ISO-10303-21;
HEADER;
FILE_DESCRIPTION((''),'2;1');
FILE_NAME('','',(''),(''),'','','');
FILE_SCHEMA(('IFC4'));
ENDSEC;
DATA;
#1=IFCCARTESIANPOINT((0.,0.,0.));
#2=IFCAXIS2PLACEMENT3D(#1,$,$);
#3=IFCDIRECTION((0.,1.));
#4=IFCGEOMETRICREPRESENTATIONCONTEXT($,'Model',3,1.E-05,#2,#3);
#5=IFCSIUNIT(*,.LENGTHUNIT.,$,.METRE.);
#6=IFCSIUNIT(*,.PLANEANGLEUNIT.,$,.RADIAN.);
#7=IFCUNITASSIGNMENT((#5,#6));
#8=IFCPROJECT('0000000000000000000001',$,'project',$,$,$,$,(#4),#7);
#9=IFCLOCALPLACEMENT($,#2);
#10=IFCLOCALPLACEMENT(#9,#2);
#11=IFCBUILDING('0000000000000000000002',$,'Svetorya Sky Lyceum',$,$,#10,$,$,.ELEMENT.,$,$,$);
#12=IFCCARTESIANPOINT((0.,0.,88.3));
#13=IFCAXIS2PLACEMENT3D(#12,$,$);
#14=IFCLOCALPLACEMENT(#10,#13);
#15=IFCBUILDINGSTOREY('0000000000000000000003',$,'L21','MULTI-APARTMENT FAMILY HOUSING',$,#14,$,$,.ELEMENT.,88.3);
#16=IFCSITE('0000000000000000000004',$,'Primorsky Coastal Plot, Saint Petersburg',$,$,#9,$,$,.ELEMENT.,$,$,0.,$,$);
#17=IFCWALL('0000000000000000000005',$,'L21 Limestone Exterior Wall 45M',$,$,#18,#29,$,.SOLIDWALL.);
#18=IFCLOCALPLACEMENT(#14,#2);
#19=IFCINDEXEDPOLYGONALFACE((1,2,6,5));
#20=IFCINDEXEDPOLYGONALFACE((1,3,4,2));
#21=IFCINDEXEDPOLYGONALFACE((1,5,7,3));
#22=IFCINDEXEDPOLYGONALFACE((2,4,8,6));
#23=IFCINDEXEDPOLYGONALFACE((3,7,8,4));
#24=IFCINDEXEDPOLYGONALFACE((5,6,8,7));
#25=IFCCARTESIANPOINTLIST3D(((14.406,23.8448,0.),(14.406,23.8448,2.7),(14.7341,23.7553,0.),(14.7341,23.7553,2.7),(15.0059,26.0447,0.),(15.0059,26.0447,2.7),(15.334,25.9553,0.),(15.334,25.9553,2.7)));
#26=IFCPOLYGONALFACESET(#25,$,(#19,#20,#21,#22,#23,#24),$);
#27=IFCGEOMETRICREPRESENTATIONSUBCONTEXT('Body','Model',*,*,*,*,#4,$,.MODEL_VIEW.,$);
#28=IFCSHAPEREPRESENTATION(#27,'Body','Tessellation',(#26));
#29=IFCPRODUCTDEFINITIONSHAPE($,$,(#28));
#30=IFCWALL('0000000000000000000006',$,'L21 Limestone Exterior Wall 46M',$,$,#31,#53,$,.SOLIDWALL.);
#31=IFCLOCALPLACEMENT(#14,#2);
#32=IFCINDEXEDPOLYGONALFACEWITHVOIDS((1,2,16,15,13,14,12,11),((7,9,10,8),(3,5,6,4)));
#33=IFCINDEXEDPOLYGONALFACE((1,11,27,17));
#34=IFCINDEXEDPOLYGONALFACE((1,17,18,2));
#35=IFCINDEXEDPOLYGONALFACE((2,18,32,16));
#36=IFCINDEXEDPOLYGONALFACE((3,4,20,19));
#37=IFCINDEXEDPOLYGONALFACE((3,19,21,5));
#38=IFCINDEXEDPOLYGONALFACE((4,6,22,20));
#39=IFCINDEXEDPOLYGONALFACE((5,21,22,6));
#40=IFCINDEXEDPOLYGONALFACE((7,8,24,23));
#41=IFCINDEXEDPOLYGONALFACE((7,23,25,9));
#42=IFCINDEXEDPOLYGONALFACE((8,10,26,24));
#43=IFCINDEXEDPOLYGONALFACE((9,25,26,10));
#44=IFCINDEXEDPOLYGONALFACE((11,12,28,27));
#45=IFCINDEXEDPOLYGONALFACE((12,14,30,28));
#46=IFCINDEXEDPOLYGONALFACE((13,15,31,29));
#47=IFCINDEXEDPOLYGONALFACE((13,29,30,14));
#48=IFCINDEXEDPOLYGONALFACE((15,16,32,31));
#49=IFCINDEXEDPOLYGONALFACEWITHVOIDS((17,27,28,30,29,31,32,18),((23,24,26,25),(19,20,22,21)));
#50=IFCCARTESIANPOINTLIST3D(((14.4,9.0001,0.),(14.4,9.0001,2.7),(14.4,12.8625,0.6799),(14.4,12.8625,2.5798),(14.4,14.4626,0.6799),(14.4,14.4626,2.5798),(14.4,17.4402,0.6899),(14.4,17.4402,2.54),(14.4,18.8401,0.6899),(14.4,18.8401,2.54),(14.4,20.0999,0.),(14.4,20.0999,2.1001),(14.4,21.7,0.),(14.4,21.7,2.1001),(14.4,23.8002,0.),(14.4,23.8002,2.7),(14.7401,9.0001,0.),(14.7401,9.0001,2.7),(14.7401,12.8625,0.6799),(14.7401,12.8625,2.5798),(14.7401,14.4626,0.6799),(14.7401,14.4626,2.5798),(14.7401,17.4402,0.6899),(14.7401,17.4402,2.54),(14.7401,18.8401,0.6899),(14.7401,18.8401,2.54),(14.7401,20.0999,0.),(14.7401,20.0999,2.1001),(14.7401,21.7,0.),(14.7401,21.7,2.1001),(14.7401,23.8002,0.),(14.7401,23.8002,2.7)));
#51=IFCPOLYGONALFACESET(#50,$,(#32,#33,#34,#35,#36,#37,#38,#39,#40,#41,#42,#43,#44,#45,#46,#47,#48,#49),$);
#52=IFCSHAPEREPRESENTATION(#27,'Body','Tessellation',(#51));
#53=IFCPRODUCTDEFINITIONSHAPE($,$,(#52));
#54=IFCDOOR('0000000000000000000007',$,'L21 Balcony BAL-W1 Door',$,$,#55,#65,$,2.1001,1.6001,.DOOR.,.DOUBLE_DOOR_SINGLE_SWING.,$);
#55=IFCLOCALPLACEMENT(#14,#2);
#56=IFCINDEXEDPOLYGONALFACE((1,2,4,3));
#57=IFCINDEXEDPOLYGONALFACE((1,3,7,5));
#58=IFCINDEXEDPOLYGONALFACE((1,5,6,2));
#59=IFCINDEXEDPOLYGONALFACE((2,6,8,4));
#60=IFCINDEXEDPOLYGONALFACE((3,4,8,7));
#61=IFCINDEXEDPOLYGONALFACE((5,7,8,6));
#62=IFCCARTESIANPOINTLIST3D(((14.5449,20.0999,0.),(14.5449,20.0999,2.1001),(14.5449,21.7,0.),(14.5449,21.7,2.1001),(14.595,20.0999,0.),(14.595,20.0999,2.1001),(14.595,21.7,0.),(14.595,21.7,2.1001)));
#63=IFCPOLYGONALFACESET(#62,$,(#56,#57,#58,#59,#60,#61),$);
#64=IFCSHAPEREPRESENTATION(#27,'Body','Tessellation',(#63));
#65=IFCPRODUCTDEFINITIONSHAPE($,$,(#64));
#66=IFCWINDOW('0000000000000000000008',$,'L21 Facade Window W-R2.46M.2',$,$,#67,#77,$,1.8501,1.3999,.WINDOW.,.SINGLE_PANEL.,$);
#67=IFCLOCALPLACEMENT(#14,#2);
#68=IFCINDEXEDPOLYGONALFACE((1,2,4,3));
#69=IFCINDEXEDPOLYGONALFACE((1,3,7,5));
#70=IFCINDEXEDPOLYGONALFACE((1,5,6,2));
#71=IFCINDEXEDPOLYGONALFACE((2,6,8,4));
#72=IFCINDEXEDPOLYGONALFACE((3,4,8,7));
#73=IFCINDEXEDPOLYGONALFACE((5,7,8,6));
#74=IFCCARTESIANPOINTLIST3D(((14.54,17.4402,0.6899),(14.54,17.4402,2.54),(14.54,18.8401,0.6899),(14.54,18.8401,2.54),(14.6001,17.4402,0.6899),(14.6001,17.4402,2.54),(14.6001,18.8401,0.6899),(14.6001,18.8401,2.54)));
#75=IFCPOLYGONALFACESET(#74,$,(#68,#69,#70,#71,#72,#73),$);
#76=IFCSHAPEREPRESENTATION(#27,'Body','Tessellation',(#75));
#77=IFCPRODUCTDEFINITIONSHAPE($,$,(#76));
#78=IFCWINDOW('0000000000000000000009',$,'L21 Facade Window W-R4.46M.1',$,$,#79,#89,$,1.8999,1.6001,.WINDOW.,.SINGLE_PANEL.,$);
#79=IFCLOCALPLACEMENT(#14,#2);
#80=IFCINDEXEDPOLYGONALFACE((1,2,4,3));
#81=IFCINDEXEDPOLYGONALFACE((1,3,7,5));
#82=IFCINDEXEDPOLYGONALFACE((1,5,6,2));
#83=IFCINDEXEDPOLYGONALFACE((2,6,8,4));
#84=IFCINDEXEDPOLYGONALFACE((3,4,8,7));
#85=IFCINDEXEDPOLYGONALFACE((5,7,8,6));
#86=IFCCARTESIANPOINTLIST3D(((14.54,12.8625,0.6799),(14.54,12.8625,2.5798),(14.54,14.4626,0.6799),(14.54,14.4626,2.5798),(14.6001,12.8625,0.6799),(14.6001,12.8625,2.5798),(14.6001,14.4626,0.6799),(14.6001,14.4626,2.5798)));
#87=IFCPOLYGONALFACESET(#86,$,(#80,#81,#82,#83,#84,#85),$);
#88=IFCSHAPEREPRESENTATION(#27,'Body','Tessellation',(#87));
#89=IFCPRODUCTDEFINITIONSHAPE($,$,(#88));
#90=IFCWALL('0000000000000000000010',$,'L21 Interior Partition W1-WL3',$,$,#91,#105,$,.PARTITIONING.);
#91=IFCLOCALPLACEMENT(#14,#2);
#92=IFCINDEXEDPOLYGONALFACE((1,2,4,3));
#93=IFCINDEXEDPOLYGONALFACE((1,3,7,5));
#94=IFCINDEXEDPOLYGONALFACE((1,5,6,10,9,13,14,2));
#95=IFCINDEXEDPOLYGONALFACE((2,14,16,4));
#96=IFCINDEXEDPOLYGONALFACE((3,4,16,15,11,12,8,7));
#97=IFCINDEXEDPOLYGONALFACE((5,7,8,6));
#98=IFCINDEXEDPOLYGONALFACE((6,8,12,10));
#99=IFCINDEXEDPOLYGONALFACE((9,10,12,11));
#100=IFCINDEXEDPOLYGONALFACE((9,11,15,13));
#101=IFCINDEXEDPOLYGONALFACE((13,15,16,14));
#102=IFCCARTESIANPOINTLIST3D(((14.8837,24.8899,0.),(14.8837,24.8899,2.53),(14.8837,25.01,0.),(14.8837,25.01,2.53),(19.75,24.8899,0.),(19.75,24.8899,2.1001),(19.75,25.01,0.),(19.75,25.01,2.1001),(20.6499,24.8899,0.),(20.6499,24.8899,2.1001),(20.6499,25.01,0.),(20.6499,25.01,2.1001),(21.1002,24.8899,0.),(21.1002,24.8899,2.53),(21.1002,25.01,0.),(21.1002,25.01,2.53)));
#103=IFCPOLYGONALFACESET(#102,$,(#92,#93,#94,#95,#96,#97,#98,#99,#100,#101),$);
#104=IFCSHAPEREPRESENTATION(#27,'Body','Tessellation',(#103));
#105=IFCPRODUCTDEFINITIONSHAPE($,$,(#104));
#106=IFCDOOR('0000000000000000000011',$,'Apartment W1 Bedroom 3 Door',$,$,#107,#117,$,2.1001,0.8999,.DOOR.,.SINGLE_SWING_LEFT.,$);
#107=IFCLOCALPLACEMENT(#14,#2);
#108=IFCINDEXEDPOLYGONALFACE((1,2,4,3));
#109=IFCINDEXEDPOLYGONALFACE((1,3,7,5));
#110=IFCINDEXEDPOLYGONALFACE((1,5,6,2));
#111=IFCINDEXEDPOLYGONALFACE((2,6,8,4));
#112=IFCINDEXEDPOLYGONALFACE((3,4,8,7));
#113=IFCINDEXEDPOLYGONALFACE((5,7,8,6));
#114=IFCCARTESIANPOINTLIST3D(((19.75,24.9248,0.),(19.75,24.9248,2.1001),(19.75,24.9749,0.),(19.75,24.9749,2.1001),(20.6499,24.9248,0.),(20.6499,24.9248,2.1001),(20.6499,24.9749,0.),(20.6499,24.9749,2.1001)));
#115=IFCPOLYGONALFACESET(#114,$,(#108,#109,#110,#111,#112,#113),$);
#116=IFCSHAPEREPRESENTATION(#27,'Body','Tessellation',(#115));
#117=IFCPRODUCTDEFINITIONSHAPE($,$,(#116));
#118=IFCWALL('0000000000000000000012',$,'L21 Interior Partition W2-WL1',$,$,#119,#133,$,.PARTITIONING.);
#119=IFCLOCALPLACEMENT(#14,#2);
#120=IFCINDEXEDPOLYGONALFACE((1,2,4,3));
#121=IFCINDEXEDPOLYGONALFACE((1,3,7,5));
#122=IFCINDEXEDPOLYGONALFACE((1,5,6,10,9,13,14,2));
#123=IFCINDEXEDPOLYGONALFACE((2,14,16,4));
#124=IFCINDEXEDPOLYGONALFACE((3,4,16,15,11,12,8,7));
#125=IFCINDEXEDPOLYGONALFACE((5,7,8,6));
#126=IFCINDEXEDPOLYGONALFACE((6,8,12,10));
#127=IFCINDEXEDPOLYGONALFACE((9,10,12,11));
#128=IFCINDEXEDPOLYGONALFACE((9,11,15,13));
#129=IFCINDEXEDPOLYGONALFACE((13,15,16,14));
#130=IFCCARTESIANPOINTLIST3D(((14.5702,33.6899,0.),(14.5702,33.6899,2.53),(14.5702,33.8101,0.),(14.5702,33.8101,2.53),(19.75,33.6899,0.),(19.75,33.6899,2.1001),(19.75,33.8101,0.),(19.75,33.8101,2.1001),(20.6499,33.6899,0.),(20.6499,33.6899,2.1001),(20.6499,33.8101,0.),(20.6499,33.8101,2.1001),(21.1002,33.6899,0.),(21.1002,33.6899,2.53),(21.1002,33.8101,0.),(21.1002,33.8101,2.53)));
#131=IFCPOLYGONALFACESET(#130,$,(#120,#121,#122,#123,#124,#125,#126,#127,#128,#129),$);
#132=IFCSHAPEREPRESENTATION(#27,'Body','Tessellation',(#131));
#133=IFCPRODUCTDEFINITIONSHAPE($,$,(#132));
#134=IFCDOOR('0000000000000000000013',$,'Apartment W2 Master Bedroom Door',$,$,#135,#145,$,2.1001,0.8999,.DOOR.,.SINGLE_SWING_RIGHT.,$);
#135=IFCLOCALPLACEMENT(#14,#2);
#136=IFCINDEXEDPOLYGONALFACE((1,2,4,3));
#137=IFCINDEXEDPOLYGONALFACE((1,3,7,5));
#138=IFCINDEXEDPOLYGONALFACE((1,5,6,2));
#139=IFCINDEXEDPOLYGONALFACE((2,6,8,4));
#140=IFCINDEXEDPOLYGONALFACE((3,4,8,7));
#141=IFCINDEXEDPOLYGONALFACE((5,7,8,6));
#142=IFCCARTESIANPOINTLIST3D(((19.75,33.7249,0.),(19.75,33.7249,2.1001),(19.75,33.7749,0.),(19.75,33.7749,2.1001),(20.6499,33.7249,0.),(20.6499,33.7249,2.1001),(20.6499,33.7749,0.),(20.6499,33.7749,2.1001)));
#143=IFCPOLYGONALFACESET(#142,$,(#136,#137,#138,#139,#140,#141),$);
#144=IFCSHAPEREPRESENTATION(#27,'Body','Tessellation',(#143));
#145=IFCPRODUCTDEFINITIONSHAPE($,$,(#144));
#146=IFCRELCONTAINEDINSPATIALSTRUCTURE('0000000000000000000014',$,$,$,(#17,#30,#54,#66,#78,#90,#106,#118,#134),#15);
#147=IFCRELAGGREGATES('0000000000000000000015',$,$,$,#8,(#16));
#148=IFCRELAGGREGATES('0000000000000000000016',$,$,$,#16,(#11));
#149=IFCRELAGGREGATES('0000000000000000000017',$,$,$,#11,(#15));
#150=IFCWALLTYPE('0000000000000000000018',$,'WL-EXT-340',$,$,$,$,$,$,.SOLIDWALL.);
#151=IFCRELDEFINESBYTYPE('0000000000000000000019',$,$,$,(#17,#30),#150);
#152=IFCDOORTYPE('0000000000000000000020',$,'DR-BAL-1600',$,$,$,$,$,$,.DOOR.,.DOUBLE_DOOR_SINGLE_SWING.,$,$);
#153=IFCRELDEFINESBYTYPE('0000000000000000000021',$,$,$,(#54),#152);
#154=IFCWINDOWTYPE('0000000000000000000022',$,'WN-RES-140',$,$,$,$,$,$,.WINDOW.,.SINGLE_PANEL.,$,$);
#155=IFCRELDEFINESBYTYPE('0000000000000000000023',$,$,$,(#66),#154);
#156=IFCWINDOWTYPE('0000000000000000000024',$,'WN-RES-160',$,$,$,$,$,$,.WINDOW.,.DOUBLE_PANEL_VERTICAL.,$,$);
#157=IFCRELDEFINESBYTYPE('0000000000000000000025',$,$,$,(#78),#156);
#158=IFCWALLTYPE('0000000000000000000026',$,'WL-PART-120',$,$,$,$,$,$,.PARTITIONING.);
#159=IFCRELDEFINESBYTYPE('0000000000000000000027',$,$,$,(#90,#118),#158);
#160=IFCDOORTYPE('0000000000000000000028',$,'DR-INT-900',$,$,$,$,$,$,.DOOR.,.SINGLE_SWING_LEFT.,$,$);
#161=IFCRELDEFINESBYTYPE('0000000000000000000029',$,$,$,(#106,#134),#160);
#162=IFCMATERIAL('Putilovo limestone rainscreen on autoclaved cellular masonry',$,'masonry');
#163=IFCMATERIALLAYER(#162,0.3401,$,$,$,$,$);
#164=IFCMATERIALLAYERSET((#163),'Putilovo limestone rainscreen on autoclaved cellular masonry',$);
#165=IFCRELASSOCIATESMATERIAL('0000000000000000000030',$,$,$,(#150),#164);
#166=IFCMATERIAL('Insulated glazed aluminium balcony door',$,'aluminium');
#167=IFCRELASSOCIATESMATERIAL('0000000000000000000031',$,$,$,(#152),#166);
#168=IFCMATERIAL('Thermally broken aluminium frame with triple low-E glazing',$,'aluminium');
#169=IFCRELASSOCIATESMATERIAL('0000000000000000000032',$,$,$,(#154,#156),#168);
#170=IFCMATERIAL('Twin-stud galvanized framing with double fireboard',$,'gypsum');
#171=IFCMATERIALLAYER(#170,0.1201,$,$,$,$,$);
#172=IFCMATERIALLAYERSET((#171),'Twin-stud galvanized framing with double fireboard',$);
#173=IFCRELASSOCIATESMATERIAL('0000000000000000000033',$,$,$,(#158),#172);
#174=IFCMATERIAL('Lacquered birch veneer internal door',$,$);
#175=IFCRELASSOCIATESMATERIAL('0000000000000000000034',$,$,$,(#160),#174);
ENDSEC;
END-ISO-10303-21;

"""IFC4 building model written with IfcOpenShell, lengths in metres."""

from ifc_helpers import new_model, si_unit, direction, frame, frame_2d, origin, place, context, subcontext, project, spatial, rectangle, extrude, material, layer, layer_set, type_object, element, fill, save


model = new_model("IFC4")

# Units and contexts
model_context = context("Model", 3, precision=1e-05, world=origin(), true_north=direction((0.0, 1.0)))
body_context = subcontext(model_context, "Body", "Model", "MODEL_VIEW")
ifc_project = project(units=[si_unit("LENGTHUNIT", "METRE"), si_unit("PLANEANGLEUNIT", "RADIAN")], contexts=[model_context])

# Site, building, storey
site_placement = place(None, origin())
site = spatial("IfcSite", under=ifc_project, at=site_placement, Name="Primorsky Coastal Plot, Saint Petersburg", CompositionType="ELEMENT", RefElevation=0.0)
building_placement = place(site_placement, origin())
building = spatial("IfcBuilding", under=site, at=building_placement, Name="Svetorya Sky Lyceum", CompositionType="ELEMENT")
storey_placement = place(building_placement, frame((0.0, 0.0, 88.3)))
storey = spatial("IfcBuildingStorey", under=building, at=storey_placement, Name="L21", Description="MULTI-APARTMENT FAMILY HOUSING", CompositionType="ELEMENT", Elevation=88.3)

# Shared definitions
ifc_material_1 = material(Name="Putilovo limestone rainscreen on autoclaved cellular masonry", Category="masonry")
ifc_layer_1 = layer(ifc_material_1, 0.3401)
ifc_layer_set_1 = layer_set([ifc_layer_1], Name="Putilovo limestone rainscreen on autoclaved cellular masonry")
wall_type_1 = type_object("IfcWallType", Name="WL-EXT-340", PredefinedType="SOLIDWALL", material=ifc_layer_set_1)
ifc_material_2 = material(Name="Thermally broken aluminium frame with triple low-E glazing", Category="aluminium")

# Wall
wall_1_placement = place(storey_placement, frame((15.1699, 26.0, 0.0), z_axis=(0.0, 0.0, 1.0), x_axis=(-0.263063, -0.964779, 0.0)))
element("IfcWall", 1, at=wall_1_placement, inside=storey, type_object=wall_type_1, Name="L21 Limestone Exterior Wall 45M", PredefinedType="SOLIDWALL", context=body_context, shape_type="SweptSolid", body=[
    extrude(rectangle(XDim=2.2803, YDim=0.3401, at=frame_2d((1.1401, 0.0))), origin(), (0.0, 0.0, 1.0), 2.7),
])

# Wall, openings, door, windows
wall_2_placement = place(storey_placement, frame((14.5701, 23.8, 0.0), z_axis=(0.0, 0.0, 1.0), x_axis=(0.0, -1.0, 0.0)))
wall_2 = element("IfcWall", 2, at=wall_2_placement, inside=storey, type_object=wall_type_1, Name="L21 Limestone Exterior Wall 46M", PredefinedType="SOLIDWALL", context=body_context, shape_type="SweptSolid", body=[
    extrude(rectangle(XDim=14.8, YDim=0.3401, at=frame_2d((7.3999, 0.0))), origin(), (0.0, 0.0, 1.0), 2.7),
])
opening_1_placement = place(wall_2_placement, frame((2.1001, 0.0, 0.0)))
opening_1 = element("IfcOpeningElement", 3, at=opening_1_placement, cuts=wall_2, PredefinedType="OPENING", context=body_context, shape_type="SweptSolid", body=[
    extrude(rectangle(XDim=1.6001, YDim=2.1001, at=frame_2d((0.8, 1.05))), frame((0.0, 0.1799, 0.0), z_axis=(0.0, -1.0, 0.0), x_axis=(1.0, 0.0, 0.0)), (0.0, 0.0, 1.0), 0.3601),
])
opening_2_placement = place(wall_2_placement, frame((4.96, 0.0, 0.6899)))
opening_2 = element("IfcOpeningElement", 4, at=opening_2_placement, cuts=wall_2, PredefinedType="OPENING", context=body_context, shape_type="SweptSolid", body=[
    extrude(rectangle(XDim=1.3999, YDim=1.8501, at=frame_2d((0.7, 0.925))), frame((0.0, 0.1799, 0.0), z_axis=(0.0, -1.0, 0.0), x_axis=(1.0, 0.0, 0.0)), (0.0, 0.0, 1.0), 0.3601),
])
opening_3_placement = place(wall_2_placement, frame((9.3374, 0.0, 0.6799)))
opening_3 = element("IfcOpeningElement", 5, at=opening_3_placement, cuts=wall_2, PredefinedType="OPENING", context=body_context, shape_type="SweptSolid", body=[
    extrude(rectangle(XDim=1.6001, YDim=1.8999, at=frame_2d((0.8, 0.95))), frame((0.0, 0.1799, 0.0), z_axis=(0.0, -1.0, 0.0), x_axis=(1.0, 0.0, 0.0)), (0.0, 0.0, 1.0), 0.3601),
])
ifc_material_3 = material(Name="Insulated glazed aluminium balcony door", Category="aluminium")
door_type_1 = type_object("IfcDoorType", Name="DR-BAL-1600", OperationType="DOUBLE_DOOR_SINGLE_SWING", PredefinedType="DOOR", material=ifc_material_3)
door_1_placement = place(opening_1_placement, origin())
door_1 = element("IfcDoor", 6, at=door_1_placement, inside=storey, type_object=door_type_1, Name="L21 Balcony BAL-W1 Door", OperationType="DOUBLE_DOOR_SINGLE_SWING", OverallHeight=2.1001, OverallWidth=1.6001, PredefinedType="DOOR", context=body_context, shape_type="SweptSolid", body=[
    extrude(rectangle(XDim=1.6001, YDim=2.1001, at=frame_2d((0.8, 1.05))), frame((0.0, 0.0249, 0.0), z_axis=(0.0, -1.0, 0.0), x_axis=(1.0, 0.0, 0.0)), (0.0, 0.0, 1.0), 0.05),
])
fill(opening_1, door_1)
window_type_1 = type_object("IfcWindowType", Name="WN-RES-140", PartitioningType="SINGLE_PANEL", PredefinedType="WINDOW", material=ifc_material_2)
window_1_placement = place(opening_2_placement, origin())
window_1 = element("IfcWindow", 7, at=window_1_placement, inside=storey, type_object=window_type_1, Name="L21 Facade Window W-R2.46M.2", OverallHeight=1.8501, OverallWidth=1.3999, PartitioningType="SINGLE_PANEL", PredefinedType="WINDOW", context=body_context, shape_type="SweptSolid", body=[
    extrude(rectangle(XDim=1.3999, YDim=1.8501, at=frame_2d((0.7, 0.925))), frame((0.0, 0.03, 0.0), z_axis=(0.0, -1.0, 0.0), x_axis=(1.0, 0.0, 0.0)), (0.0, 0.0, 1.0), 0.0601),
])
fill(opening_2, window_1)
window_type_2 = type_object("IfcWindowType", Name="WN-RES-160", PartitioningType="DOUBLE_PANEL_VERTICAL", PredefinedType="WINDOW", material=ifc_material_2)
window_2_placement = place(opening_3_placement, origin())
window_2 = element("IfcWindow", 8, at=window_2_placement, inside=storey, type_object=window_type_2, Name="L21 Facade Window W-R4.46M.1", OverallHeight=1.8999, OverallWidth=1.6001, PartitioningType="SINGLE_PANEL", PredefinedType="WINDOW", context=body_context, shape_type="SweptSolid", body=[
    extrude(rectangle(XDim=1.6001, YDim=1.8999, at=frame_2d((0.8, 0.95))), frame((0.0, 0.03, 0.0), z_axis=(0.0, -1.0, 0.0), x_axis=(1.0, 0.0, 0.0)), (0.0, 0.0, 1.0), 0.0601),
])
fill(opening_3, window_2)

# Walls, openings, doors
ifc_material_4 = material(Name="Twin-stud galvanized framing with double fireboard", Category="gypsum")
ifc_layer_2 = layer(ifc_material_4, 0.1201)
ifc_layer_set_2 = layer_set([ifc_layer_2], Name="Twin-stud galvanized framing with double fireboard")
wall_type_2 = type_object("IfcWallType", Name="WL-PART-120", PredefinedType="PARTITIONING", material=ifc_layer_set_2)
wall_3_placement = place(storey_placement, frame((14.8835, 24.95, 0.0), z_axis=(0.0, 0.0, 1.0), x_axis=(1.0, 0.0, 0.0)))
wall_3 = element("IfcWall", 9, at=wall_3_placement, inside=storey, type_object=wall_type_2, Name="L21 Interior Partition W1-WL3", PredefinedType="PARTITIONING", context=body_context, shape_type="SweptSolid", body=[
    extrude(rectangle(XDim=6.2166, YDim=0.1201, at=frame_2d((3.1084, 0.0))), origin(), (0.0, 0.0, 1.0), 2.53),
])
opening_4_placement = place(wall_3_placement, frame((4.8665, 0.0, 0.0)))
opening_4 = element("IfcOpeningElement", 10, at=opening_4_placement, cuts=wall_3, PredefinedType="OPENING", context=body_context, shape_type="SweptSolid", body=[
    extrude(rectangle(XDim=0.8999, YDim=2.1001, at=frame_2d((0.45, 1.05))), frame((0.0, 0.0701, 0.0), z_axis=(0.0, -1.0, 0.0), x_axis=(1.0, 0.0, 0.0)), (0.0, 0.0, 1.0), 0.1401),
])
ifc_material_5 = material(Name="Lacquered birch veneer internal door")
door_type_2 = type_object("IfcDoorType", Name="DR-INT-900", OperationType="SINGLE_SWING_LEFT", PredefinedType="DOOR", material=ifc_material_5)
door_2_placement = place(opening_4_placement, origin())
door_2 = element("IfcDoor", 11, at=door_2_placement, inside=storey, type_object=door_type_2, Name="Apartment W1 Bedroom 3 Door", OperationType="SINGLE_SWING_LEFT", OverallHeight=2.1001, OverallWidth=0.8999, PredefinedType="DOOR", context=body_context, shape_type="SweptSolid", body=[
    extrude(rectangle(XDim=0.8999, YDim=2.1001, at=frame_2d((0.45, 1.05))), frame((0.0, 0.0249, 0.0), z_axis=(0.0, -1.0, 0.0), x_axis=(1.0, 0.0, 0.0)), (0.0, 0.0, 1.0), 0.05),
])
fill(opening_4, door_2)
wall_4_placement = place(storey_placement, frame((14.5701, 33.75, 0.0), z_axis=(0.0, 0.0, 1.0), x_axis=(1.0, 0.0, 0.0)))
wall_4 = element("IfcWall", 12, at=wall_4_placement, inside=storey, type_object=wall_type_2, Name="L21 Interior Partition W2-WL1", PredefinedType="PARTITIONING", context=body_context, shape_type="SweptSolid", body=[
    extrude(rectangle(XDim=6.53, YDim=0.1201, at=frame_2d((3.2651, 0.0))), origin(), (0.0, 0.0, 1.0), 2.53),
])
opening_5_placement = place(wall_4_placement, frame((5.1799, 0.0, 0.0)))
opening_5 = element("IfcOpeningElement", 13, at=opening_5_placement, cuts=wall_4, PredefinedType="OPENING", context=body_context, shape_type="SweptSolid", body=[
    extrude(rectangle(XDim=0.8999, YDim=2.1001, at=frame_2d((0.45, 1.05))), frame((0.0, 0.0701, 0.0), z_axis=(0.0, -1.0, 0.0), x_axis=(1.0, 0.0, 0.0)), (0.0, 0.0, 1.0), 0.1401),
])
door_3_placement = place(opening_5_placement, origin())
door_3 = element("IfcDoor", 14, at=door_3_placement, inside=storey, type_object=door_type_2, Name="Apartment W2 Master Bedroom Door", OperationType="SINGLE_SWING_RIGHT", OverallHeight=2.1001, OverallWidth=0.8999, PredefinedType="DOOR", context=body_context, shape_type="SweptSolid", body=[
    extrude(rectangle(XDim=0.8999, YDim=2.1001, at=frame_2d((0.45, 1.05))), frame((0.0, 0.0249, 0.0), z_axis=(0.0, -1.0, 0.0), x_axis=(1.0, 0.0, 0.0)), (0.0, 0.0, 1.0), 0.05),
])
fill(opening_5, door_3)

save(model, "model.ifc")
